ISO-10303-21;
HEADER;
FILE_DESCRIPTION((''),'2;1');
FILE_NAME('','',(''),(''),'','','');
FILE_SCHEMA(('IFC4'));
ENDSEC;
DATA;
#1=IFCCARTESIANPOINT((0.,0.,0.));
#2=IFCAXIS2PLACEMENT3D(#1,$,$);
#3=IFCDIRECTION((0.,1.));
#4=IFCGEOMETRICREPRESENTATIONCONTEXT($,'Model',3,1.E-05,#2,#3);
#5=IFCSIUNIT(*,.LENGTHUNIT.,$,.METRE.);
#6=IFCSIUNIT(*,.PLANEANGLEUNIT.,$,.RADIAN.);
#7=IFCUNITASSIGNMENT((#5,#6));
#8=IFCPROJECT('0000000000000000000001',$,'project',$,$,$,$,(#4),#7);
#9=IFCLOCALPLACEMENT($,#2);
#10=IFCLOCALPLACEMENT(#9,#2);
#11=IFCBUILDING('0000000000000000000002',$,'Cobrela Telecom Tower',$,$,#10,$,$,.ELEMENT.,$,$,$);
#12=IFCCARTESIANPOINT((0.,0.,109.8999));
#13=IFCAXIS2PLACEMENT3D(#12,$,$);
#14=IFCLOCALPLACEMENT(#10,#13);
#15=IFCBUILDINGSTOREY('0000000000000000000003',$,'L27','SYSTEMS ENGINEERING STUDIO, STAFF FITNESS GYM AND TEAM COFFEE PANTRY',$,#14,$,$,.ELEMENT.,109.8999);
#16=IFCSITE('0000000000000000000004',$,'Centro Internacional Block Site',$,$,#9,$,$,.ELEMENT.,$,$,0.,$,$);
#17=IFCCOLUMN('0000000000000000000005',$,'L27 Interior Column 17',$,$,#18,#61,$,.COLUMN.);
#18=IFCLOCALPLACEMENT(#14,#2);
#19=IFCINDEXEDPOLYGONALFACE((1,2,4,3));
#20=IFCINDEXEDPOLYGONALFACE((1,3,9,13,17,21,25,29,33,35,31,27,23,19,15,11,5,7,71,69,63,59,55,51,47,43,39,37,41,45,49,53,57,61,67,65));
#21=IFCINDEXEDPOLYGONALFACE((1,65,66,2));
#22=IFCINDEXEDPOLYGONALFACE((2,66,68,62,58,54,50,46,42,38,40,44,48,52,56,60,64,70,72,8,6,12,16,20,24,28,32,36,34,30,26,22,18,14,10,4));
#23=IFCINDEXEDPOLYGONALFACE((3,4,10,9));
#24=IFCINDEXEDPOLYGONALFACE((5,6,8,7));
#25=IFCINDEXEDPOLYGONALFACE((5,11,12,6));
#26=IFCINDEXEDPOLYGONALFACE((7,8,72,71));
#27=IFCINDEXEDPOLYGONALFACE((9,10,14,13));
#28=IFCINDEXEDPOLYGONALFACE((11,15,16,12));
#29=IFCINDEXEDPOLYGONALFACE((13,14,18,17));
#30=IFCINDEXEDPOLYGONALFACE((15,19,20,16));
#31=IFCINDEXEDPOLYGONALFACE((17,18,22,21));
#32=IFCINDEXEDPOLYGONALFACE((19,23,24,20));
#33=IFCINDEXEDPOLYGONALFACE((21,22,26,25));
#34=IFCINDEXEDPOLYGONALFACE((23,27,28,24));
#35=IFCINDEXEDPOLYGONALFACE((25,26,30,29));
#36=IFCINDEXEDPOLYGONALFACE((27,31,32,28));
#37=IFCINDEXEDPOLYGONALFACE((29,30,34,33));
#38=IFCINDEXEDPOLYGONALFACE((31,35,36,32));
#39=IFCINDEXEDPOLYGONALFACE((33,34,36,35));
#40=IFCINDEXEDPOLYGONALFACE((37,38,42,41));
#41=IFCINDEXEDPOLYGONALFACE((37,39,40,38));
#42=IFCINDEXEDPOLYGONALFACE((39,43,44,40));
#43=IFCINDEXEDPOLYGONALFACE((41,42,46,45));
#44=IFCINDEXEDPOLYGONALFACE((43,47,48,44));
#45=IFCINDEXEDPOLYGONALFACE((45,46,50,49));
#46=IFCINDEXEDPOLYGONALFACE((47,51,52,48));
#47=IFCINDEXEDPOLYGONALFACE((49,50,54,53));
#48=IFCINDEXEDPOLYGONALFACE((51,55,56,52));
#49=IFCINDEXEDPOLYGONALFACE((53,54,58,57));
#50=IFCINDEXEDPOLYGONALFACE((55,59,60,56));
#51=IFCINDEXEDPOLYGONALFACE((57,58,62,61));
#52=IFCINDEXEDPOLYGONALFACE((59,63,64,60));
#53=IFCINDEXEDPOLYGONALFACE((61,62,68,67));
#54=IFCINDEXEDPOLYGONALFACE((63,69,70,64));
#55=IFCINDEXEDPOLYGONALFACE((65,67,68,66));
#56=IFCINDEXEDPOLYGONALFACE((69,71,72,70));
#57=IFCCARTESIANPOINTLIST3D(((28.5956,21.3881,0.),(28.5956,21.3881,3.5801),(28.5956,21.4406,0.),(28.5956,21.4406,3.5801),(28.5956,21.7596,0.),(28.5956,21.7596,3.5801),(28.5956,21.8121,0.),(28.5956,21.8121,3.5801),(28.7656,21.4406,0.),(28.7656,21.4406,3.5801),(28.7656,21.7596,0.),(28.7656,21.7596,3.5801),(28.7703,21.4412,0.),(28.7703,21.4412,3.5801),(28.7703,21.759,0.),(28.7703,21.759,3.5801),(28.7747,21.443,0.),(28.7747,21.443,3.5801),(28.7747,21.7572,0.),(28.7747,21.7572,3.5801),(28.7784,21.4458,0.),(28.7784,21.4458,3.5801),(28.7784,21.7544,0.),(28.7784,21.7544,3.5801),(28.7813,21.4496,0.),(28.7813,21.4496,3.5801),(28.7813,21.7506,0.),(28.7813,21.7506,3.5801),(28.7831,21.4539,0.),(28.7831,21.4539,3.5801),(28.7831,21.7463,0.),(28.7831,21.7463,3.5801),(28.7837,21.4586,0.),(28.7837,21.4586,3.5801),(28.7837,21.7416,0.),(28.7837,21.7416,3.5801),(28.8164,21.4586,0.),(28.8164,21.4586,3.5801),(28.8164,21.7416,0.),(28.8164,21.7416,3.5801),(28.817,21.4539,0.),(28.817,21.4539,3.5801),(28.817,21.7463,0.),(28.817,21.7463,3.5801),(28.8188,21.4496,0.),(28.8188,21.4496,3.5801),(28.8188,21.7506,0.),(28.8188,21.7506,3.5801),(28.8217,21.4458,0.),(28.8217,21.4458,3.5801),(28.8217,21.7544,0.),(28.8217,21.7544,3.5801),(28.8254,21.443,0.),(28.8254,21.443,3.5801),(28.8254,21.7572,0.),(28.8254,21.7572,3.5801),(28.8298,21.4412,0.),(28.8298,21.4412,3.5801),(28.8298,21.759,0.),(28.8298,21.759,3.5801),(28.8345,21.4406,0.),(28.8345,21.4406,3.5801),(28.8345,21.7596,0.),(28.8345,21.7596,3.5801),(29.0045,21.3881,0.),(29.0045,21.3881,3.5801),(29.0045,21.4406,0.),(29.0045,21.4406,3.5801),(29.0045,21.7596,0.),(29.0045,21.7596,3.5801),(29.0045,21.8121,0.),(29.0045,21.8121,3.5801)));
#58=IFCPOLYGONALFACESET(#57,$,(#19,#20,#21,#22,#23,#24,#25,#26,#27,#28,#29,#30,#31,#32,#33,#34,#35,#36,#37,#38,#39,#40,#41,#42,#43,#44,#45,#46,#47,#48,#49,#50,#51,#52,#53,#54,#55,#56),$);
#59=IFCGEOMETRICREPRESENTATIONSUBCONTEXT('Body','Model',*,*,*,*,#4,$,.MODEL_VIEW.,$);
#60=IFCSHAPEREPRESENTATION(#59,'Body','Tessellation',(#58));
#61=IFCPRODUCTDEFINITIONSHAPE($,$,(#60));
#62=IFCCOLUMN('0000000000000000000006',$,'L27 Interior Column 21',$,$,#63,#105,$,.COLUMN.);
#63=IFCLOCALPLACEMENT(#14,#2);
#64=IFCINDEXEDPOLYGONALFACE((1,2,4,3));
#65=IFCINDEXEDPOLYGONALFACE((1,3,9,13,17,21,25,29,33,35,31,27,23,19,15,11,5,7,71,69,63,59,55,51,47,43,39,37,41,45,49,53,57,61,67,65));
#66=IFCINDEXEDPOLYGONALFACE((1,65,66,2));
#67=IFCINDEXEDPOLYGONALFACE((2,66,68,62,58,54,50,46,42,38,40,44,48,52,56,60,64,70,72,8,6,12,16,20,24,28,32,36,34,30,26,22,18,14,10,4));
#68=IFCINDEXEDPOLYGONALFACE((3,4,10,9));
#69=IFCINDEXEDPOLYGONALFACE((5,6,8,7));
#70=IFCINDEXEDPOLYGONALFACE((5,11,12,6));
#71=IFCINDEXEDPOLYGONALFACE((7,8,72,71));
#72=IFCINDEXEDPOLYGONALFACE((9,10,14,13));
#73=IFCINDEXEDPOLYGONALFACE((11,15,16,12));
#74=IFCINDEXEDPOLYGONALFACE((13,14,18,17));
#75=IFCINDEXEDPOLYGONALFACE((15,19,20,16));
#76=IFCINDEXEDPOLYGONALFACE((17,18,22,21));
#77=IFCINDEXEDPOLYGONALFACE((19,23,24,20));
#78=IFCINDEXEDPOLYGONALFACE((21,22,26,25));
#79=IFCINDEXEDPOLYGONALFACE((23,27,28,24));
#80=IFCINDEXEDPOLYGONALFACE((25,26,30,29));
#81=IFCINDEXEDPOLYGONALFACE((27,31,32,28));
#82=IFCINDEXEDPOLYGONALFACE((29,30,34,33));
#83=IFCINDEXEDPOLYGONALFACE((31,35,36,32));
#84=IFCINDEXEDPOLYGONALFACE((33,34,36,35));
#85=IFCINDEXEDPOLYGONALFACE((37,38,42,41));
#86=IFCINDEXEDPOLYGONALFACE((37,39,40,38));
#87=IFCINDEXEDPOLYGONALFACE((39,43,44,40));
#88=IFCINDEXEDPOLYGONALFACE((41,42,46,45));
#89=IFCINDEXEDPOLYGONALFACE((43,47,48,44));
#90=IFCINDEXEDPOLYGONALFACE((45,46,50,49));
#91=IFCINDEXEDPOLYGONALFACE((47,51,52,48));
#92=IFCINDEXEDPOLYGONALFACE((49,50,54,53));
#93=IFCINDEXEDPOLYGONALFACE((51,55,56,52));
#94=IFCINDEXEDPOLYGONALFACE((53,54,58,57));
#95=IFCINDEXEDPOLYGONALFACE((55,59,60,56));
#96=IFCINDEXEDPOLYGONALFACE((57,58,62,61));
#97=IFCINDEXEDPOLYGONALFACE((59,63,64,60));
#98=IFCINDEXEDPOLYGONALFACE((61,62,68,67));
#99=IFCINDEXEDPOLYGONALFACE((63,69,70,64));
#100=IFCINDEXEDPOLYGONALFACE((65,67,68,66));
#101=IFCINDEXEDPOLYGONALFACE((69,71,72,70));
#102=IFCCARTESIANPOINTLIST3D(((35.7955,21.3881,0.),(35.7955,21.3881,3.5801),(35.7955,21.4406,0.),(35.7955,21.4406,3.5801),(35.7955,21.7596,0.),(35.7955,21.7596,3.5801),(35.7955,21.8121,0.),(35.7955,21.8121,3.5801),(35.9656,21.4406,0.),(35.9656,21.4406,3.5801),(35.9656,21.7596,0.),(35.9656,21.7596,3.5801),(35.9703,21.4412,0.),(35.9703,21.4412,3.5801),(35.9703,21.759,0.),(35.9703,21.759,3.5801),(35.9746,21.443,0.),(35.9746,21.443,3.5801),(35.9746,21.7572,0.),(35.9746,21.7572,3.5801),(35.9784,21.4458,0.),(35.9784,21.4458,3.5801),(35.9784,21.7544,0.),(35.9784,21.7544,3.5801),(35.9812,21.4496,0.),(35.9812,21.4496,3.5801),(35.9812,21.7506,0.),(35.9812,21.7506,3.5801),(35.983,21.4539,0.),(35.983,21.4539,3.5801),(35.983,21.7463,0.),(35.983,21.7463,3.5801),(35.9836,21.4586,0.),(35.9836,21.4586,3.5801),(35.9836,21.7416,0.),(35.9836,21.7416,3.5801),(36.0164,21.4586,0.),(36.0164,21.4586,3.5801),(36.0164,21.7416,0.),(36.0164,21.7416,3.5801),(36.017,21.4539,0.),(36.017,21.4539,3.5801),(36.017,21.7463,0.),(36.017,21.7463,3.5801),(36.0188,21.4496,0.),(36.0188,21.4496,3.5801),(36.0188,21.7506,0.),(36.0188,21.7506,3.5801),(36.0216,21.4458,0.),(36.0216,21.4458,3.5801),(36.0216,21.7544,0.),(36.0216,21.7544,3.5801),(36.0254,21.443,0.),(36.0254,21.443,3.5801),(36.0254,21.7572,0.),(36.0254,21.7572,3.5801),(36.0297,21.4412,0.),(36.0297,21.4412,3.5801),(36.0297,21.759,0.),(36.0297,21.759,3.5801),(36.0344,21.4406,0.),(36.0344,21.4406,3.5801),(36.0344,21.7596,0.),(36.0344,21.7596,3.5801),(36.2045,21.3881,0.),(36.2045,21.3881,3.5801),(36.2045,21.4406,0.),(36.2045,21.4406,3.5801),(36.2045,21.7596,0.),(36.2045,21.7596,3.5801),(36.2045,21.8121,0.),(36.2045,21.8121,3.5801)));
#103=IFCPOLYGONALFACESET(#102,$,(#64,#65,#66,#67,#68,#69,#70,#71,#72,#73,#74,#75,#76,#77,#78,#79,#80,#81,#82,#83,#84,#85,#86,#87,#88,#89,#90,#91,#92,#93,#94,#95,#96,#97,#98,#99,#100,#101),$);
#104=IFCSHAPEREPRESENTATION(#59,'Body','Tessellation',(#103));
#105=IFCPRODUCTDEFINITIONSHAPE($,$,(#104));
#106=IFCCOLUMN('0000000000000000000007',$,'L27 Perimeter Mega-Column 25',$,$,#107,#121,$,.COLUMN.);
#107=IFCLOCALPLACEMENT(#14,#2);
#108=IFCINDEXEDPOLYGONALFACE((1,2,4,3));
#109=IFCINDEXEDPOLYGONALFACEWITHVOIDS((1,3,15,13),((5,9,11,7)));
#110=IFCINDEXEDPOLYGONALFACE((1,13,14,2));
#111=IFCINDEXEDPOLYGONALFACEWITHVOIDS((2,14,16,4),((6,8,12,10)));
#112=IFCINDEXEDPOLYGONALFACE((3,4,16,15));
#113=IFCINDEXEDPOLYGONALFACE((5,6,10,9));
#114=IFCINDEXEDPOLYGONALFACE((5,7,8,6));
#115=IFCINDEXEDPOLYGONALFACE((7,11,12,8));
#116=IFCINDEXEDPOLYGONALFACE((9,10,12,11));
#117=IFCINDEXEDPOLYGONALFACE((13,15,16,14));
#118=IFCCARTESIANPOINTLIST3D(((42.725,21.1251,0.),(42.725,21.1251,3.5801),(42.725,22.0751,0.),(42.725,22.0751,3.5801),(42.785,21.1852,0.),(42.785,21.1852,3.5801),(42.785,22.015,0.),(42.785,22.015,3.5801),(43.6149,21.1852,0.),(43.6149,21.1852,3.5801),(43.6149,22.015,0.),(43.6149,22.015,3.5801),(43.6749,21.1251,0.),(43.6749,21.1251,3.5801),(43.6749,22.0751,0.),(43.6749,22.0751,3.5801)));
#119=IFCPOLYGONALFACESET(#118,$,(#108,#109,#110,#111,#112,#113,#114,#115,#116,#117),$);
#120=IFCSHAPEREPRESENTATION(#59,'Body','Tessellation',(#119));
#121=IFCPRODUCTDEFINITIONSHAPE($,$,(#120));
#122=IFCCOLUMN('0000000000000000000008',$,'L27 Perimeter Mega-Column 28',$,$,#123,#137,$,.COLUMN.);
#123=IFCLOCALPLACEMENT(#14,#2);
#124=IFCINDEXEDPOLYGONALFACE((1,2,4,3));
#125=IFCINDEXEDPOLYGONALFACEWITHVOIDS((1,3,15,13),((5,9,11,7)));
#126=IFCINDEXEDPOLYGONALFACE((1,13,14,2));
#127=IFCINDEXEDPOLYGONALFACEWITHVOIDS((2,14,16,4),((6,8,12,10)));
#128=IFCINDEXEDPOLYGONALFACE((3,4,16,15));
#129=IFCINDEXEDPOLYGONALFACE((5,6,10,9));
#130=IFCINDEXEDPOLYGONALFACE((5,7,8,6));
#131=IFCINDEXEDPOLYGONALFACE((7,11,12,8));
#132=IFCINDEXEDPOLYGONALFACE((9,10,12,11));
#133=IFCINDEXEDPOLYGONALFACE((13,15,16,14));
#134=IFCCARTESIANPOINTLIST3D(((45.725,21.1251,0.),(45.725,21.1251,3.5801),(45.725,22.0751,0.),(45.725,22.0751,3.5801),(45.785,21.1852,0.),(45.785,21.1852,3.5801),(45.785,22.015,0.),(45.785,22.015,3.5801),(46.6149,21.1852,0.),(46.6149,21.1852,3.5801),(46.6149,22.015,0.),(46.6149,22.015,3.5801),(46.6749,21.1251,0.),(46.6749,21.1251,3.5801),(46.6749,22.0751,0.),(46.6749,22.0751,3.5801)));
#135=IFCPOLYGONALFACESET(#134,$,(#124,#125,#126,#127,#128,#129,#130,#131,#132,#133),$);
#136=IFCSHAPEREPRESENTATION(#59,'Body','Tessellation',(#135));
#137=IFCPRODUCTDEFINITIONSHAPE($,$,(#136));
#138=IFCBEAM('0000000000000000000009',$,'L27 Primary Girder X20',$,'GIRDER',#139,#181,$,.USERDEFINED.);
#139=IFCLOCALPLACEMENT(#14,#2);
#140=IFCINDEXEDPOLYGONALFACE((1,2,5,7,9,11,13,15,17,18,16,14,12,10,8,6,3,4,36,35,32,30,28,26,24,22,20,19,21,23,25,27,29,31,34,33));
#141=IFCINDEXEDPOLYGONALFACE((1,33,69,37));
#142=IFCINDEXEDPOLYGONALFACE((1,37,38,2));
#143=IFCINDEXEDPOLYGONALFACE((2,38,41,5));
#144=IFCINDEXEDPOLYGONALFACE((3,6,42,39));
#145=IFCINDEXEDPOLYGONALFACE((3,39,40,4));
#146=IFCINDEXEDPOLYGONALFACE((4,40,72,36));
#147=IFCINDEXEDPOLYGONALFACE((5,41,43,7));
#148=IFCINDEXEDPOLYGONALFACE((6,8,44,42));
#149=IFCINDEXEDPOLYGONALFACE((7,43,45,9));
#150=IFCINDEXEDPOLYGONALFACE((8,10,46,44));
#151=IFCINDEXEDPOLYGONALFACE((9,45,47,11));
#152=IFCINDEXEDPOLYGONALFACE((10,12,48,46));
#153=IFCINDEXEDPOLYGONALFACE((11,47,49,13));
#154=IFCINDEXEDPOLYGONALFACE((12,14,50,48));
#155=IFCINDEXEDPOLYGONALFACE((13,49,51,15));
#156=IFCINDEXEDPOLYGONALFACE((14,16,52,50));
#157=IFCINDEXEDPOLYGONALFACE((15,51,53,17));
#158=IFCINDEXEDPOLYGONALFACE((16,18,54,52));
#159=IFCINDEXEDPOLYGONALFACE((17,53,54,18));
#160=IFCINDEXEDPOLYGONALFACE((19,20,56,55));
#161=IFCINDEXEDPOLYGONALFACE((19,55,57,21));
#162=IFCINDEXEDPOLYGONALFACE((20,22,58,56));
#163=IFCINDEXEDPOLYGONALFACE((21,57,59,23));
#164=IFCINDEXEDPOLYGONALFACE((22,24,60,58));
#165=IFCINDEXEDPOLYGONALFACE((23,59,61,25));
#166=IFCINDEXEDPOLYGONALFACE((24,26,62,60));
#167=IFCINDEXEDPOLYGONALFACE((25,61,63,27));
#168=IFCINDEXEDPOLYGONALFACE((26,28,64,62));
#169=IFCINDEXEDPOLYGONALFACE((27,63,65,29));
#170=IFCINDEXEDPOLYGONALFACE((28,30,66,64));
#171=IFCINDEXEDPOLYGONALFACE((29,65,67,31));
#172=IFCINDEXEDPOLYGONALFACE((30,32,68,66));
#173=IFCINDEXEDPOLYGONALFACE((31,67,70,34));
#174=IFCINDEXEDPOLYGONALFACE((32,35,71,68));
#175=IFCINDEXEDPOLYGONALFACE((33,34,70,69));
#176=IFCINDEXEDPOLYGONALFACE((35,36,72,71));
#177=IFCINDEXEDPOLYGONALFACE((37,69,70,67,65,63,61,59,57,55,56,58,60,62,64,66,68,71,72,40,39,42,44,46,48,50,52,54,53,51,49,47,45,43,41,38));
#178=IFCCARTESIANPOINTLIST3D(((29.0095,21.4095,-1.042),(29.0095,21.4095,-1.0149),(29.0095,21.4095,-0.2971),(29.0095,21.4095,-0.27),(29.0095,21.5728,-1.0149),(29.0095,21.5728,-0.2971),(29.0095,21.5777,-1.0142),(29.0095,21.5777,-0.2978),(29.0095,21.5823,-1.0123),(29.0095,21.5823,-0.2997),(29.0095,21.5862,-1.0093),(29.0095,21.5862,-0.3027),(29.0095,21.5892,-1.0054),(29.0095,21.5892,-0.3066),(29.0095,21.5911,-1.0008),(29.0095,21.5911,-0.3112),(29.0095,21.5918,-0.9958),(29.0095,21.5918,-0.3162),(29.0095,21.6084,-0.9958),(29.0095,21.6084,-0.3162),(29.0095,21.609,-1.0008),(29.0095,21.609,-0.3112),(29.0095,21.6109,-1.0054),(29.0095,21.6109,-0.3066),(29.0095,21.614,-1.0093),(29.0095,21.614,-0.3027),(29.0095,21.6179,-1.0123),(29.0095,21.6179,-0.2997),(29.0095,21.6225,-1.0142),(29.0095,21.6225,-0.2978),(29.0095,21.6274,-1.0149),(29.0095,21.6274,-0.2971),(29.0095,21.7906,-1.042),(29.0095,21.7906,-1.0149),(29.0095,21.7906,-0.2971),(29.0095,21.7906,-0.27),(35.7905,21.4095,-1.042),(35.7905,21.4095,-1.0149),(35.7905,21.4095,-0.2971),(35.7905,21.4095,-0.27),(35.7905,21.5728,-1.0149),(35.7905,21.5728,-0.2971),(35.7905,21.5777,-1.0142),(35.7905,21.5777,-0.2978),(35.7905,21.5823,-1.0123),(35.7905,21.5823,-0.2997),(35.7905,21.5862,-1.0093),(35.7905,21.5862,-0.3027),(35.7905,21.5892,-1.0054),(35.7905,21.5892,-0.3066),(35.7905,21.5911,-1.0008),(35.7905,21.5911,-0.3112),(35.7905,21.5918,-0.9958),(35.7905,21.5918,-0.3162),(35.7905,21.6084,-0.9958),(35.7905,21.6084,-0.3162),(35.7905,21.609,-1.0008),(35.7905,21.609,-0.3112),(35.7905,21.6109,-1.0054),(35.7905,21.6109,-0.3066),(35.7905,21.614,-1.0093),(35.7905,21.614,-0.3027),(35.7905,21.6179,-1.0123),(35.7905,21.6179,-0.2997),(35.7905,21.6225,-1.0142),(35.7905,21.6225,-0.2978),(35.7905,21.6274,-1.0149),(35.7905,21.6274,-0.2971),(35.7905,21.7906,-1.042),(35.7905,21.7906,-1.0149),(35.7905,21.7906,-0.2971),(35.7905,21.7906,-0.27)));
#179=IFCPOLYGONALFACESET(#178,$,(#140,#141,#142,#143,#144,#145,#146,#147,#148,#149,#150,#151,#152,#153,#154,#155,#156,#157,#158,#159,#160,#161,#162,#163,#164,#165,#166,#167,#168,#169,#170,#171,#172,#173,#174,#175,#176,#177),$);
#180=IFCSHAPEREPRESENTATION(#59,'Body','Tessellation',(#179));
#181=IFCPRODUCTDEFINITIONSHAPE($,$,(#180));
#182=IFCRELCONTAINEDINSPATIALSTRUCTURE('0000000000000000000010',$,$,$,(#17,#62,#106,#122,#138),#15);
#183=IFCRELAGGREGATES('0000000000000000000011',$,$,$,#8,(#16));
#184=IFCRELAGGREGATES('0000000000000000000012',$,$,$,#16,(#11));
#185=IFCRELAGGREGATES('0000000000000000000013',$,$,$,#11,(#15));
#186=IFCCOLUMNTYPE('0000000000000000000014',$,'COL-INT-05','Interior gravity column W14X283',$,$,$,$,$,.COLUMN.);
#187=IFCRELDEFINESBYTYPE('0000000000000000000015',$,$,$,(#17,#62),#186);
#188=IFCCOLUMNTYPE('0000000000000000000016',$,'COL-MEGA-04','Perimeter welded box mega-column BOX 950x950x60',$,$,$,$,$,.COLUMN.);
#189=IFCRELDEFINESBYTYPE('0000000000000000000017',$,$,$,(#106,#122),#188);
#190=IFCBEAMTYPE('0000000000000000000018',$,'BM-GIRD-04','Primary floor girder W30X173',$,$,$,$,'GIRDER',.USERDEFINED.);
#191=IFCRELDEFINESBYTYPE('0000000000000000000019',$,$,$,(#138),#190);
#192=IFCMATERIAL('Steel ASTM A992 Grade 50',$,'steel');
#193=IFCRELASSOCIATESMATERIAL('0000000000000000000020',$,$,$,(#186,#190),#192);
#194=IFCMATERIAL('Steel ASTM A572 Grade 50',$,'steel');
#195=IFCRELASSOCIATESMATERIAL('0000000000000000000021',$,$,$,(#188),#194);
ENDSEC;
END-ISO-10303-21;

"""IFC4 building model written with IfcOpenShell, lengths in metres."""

from ifc_helpers import new_model, si_unit, direction, frame, origin, origin_2d, place, context, subcontext, project, spatial, hollow_rectangle, i_section, extrude, material, material_profile, profile_set, type_object, element, save


model = new_model("IFC4")

# Units and contexts
model_context = context("Model", 3, precision=1e-05, world=origin(), true_north=direction((0.0, 1.0)))
body_context = subcontext(model_context, "Body", "Model", "MODEL_VIEW")
ifc_project = project(units=[si_unit("LENGTHUNIT", "METRE"), si_unit("PLANEANGLEUNIT", "RADIAN")], contexts=[model_context])

# Site, building, storey
site_placement = place(None, origin())
site = spatial("IfcSite", under=ifc_project, at=site_placement, Name="Centro Internacional Block Site", CompositionType="ELEMENT", RefElevation=0.0)
building_placement = place(site_placement, origin())
building = spatial("IfcBuilding", under=site, at=building_placement, Name="Cobrela Telecom Tower", CompositionType="ELEMENT")
storey_placement = place(building_placement, frame((0.0, 0.0, 109.8999)))
storey = spatial("IfcBuildingStorey", under=building, at=storey_placement, Name="L27", Description="SYSTEMS ENGINEERING STUDIO, STAFF FITNESS GYM AND TEAM COFFEE PANTRY", CompositionType="ELEMENT", Elevation=109.8999)

# Columns
ifc_material_1 = material(Name="Steel ASTM A992 Grade 50", Category="steel")
ifc_material_profile_1 = material_profile(ifc_material_1, i_section(OverallWidth=0.4089, OverallDepth=0.4241, WebThickness=0.0327, FlangeThickness=0.0525, FilletRadius=0.0181, at=origin_2d()), Name="W14X283")
ifc_profile_set_1 = profile_set([ifc_material_profile_1], Name="Steel ASTM A992 Grade 50")
column_type_1 = type_object("IfcColumnType", Name="COL-INT-05", Description="Interior gravity column W14X283", PredefinedType="COLUMN", material=ifc_profile_set_1)
for number, where, z_axis, x_axis, name in (
    (1, (28.8, 21.6001, 0.0), (0.0, 0.0, 1.0), (1.0, 0.0, 0.0), "L27 Interior Column 17"),
    (2, (36.0, 21.6001, 0.0), (0.0, 0.0, 1.0), (1.0, 0.0, 0.0), "L27 Interior Column 21"),
):
    element("IfcColumn", number, at=place(storey_placement, frame(where, z_axis=z_axis, x_axis=x_axis)), inside=storey, type_object=column_type_1, Name=name, PredefinedType="COLUMN", context=body_context, shape_type="SweptSolid", body=[
        extrude(i_section(OverallWidth=0.4089, OverallDepth=0.4241, WebThickness=0.0327, FlangeThickness=0.0525, FilletRadius=0.0181, at=origin_2d()), origin(), (0.0, 0.0, 1.0), 3.5801),
    ])
ifc_material_2 = material(Name="Steel ASTM A572 Grade 50", Category="steel")
ifc_material_profile_2 = material_profile(ifc_material_2, hollow_rectangle(XDim=0.95, YDim=0.95, WallThickness=0.0601, at=origin_2d()), Name="BOX 950x950x60")
ifc_profile_set_2 = profile_set([ifc_material_profile_2], Name="Steel ASTM A572 Grade 50")
column_type_2 = type_object("IfcColumnType", Name="COL-MEGA-04", Description="Perimeter welded box mega-column BOX 950x950x60", PredefinedType="COLUMN", material=ifc_profile_set_2)
for number, where, z_axis, x_axis, name in (
    (3, (43.2, 21.6001, 0.0), (0.0, 0.0, 1.0), (1.0, 0.0, 0.0), "L27 Perimeter Mega-Column 25"),
    (4, (46.2, 21.6001, 0.0), (0.0, 0.0, 1.0), (1.0, 0.0, 0.0), "L27 Perimeter Mega-Column 28"),
):
    element("IfcColumn", number, at=place(storey_placement, frame(where, z_axis=z_axis, x_axis=x_axis)), inside=storey, type_object=column_type_2, Name=name, PredefinedType="COLUMN", context=body_context, shape_type="SweptSolid", body=[
        extrude(hollow_rectangle(XDim=0.95, YDim=0.95, WallThickness=0.0601, at=origin_2d()), origin(), (0.0, 0.0, 1.0), 3.5801),
    ])

# Beam
ifc_material_profile_3 = material_profile(ifc_material_1, i_section(OverallWidth=0.3811, OverallDepth=0.772, WebThickness=0.0166, FlangeThickness=0.0271, FilletRadius=0.019, at=origin_2d()), Name="W30X173")
ifc_profile_set_3 = profile_set([ifc_material_profile_3], Name="Steel ASTM A992 Grade 50")
beam_type_1 = type_object("IfcBeamType", Name="BM-GIRD-04", Description="Primary floor girder W30X173", ElementType="GIRDER", PredefinedType="USERDEFINED", material=ifc_profile_set_3)
beam_1_placement = place(storey_placement, frame((29.0095, 21.6001, -0.656), z_axis=(1.0, 0.0, 0.0), x_axis=(0.0, 1.0, 0.0)))
element("IfcBeam", 5, at=beam_1_placement, inside=storey, type_object=beam_type_1, Name="L27 Primary Girder X20", ObjectType="GIRDER", PredefinedType="USERDEFINED", context=body_context, shape_type="SweptSolid", body=[
    extrude(i_section(OverallWidth=0.3811, OverallDepth=0.772, WebThickness=0.0166, FlangeThickness=0.0271, FilletRadius=0.019, at=origin_2d()), origin(), (0.0, 0.0, 1.0), 6.781),
])

save(model, "model.ifc")
